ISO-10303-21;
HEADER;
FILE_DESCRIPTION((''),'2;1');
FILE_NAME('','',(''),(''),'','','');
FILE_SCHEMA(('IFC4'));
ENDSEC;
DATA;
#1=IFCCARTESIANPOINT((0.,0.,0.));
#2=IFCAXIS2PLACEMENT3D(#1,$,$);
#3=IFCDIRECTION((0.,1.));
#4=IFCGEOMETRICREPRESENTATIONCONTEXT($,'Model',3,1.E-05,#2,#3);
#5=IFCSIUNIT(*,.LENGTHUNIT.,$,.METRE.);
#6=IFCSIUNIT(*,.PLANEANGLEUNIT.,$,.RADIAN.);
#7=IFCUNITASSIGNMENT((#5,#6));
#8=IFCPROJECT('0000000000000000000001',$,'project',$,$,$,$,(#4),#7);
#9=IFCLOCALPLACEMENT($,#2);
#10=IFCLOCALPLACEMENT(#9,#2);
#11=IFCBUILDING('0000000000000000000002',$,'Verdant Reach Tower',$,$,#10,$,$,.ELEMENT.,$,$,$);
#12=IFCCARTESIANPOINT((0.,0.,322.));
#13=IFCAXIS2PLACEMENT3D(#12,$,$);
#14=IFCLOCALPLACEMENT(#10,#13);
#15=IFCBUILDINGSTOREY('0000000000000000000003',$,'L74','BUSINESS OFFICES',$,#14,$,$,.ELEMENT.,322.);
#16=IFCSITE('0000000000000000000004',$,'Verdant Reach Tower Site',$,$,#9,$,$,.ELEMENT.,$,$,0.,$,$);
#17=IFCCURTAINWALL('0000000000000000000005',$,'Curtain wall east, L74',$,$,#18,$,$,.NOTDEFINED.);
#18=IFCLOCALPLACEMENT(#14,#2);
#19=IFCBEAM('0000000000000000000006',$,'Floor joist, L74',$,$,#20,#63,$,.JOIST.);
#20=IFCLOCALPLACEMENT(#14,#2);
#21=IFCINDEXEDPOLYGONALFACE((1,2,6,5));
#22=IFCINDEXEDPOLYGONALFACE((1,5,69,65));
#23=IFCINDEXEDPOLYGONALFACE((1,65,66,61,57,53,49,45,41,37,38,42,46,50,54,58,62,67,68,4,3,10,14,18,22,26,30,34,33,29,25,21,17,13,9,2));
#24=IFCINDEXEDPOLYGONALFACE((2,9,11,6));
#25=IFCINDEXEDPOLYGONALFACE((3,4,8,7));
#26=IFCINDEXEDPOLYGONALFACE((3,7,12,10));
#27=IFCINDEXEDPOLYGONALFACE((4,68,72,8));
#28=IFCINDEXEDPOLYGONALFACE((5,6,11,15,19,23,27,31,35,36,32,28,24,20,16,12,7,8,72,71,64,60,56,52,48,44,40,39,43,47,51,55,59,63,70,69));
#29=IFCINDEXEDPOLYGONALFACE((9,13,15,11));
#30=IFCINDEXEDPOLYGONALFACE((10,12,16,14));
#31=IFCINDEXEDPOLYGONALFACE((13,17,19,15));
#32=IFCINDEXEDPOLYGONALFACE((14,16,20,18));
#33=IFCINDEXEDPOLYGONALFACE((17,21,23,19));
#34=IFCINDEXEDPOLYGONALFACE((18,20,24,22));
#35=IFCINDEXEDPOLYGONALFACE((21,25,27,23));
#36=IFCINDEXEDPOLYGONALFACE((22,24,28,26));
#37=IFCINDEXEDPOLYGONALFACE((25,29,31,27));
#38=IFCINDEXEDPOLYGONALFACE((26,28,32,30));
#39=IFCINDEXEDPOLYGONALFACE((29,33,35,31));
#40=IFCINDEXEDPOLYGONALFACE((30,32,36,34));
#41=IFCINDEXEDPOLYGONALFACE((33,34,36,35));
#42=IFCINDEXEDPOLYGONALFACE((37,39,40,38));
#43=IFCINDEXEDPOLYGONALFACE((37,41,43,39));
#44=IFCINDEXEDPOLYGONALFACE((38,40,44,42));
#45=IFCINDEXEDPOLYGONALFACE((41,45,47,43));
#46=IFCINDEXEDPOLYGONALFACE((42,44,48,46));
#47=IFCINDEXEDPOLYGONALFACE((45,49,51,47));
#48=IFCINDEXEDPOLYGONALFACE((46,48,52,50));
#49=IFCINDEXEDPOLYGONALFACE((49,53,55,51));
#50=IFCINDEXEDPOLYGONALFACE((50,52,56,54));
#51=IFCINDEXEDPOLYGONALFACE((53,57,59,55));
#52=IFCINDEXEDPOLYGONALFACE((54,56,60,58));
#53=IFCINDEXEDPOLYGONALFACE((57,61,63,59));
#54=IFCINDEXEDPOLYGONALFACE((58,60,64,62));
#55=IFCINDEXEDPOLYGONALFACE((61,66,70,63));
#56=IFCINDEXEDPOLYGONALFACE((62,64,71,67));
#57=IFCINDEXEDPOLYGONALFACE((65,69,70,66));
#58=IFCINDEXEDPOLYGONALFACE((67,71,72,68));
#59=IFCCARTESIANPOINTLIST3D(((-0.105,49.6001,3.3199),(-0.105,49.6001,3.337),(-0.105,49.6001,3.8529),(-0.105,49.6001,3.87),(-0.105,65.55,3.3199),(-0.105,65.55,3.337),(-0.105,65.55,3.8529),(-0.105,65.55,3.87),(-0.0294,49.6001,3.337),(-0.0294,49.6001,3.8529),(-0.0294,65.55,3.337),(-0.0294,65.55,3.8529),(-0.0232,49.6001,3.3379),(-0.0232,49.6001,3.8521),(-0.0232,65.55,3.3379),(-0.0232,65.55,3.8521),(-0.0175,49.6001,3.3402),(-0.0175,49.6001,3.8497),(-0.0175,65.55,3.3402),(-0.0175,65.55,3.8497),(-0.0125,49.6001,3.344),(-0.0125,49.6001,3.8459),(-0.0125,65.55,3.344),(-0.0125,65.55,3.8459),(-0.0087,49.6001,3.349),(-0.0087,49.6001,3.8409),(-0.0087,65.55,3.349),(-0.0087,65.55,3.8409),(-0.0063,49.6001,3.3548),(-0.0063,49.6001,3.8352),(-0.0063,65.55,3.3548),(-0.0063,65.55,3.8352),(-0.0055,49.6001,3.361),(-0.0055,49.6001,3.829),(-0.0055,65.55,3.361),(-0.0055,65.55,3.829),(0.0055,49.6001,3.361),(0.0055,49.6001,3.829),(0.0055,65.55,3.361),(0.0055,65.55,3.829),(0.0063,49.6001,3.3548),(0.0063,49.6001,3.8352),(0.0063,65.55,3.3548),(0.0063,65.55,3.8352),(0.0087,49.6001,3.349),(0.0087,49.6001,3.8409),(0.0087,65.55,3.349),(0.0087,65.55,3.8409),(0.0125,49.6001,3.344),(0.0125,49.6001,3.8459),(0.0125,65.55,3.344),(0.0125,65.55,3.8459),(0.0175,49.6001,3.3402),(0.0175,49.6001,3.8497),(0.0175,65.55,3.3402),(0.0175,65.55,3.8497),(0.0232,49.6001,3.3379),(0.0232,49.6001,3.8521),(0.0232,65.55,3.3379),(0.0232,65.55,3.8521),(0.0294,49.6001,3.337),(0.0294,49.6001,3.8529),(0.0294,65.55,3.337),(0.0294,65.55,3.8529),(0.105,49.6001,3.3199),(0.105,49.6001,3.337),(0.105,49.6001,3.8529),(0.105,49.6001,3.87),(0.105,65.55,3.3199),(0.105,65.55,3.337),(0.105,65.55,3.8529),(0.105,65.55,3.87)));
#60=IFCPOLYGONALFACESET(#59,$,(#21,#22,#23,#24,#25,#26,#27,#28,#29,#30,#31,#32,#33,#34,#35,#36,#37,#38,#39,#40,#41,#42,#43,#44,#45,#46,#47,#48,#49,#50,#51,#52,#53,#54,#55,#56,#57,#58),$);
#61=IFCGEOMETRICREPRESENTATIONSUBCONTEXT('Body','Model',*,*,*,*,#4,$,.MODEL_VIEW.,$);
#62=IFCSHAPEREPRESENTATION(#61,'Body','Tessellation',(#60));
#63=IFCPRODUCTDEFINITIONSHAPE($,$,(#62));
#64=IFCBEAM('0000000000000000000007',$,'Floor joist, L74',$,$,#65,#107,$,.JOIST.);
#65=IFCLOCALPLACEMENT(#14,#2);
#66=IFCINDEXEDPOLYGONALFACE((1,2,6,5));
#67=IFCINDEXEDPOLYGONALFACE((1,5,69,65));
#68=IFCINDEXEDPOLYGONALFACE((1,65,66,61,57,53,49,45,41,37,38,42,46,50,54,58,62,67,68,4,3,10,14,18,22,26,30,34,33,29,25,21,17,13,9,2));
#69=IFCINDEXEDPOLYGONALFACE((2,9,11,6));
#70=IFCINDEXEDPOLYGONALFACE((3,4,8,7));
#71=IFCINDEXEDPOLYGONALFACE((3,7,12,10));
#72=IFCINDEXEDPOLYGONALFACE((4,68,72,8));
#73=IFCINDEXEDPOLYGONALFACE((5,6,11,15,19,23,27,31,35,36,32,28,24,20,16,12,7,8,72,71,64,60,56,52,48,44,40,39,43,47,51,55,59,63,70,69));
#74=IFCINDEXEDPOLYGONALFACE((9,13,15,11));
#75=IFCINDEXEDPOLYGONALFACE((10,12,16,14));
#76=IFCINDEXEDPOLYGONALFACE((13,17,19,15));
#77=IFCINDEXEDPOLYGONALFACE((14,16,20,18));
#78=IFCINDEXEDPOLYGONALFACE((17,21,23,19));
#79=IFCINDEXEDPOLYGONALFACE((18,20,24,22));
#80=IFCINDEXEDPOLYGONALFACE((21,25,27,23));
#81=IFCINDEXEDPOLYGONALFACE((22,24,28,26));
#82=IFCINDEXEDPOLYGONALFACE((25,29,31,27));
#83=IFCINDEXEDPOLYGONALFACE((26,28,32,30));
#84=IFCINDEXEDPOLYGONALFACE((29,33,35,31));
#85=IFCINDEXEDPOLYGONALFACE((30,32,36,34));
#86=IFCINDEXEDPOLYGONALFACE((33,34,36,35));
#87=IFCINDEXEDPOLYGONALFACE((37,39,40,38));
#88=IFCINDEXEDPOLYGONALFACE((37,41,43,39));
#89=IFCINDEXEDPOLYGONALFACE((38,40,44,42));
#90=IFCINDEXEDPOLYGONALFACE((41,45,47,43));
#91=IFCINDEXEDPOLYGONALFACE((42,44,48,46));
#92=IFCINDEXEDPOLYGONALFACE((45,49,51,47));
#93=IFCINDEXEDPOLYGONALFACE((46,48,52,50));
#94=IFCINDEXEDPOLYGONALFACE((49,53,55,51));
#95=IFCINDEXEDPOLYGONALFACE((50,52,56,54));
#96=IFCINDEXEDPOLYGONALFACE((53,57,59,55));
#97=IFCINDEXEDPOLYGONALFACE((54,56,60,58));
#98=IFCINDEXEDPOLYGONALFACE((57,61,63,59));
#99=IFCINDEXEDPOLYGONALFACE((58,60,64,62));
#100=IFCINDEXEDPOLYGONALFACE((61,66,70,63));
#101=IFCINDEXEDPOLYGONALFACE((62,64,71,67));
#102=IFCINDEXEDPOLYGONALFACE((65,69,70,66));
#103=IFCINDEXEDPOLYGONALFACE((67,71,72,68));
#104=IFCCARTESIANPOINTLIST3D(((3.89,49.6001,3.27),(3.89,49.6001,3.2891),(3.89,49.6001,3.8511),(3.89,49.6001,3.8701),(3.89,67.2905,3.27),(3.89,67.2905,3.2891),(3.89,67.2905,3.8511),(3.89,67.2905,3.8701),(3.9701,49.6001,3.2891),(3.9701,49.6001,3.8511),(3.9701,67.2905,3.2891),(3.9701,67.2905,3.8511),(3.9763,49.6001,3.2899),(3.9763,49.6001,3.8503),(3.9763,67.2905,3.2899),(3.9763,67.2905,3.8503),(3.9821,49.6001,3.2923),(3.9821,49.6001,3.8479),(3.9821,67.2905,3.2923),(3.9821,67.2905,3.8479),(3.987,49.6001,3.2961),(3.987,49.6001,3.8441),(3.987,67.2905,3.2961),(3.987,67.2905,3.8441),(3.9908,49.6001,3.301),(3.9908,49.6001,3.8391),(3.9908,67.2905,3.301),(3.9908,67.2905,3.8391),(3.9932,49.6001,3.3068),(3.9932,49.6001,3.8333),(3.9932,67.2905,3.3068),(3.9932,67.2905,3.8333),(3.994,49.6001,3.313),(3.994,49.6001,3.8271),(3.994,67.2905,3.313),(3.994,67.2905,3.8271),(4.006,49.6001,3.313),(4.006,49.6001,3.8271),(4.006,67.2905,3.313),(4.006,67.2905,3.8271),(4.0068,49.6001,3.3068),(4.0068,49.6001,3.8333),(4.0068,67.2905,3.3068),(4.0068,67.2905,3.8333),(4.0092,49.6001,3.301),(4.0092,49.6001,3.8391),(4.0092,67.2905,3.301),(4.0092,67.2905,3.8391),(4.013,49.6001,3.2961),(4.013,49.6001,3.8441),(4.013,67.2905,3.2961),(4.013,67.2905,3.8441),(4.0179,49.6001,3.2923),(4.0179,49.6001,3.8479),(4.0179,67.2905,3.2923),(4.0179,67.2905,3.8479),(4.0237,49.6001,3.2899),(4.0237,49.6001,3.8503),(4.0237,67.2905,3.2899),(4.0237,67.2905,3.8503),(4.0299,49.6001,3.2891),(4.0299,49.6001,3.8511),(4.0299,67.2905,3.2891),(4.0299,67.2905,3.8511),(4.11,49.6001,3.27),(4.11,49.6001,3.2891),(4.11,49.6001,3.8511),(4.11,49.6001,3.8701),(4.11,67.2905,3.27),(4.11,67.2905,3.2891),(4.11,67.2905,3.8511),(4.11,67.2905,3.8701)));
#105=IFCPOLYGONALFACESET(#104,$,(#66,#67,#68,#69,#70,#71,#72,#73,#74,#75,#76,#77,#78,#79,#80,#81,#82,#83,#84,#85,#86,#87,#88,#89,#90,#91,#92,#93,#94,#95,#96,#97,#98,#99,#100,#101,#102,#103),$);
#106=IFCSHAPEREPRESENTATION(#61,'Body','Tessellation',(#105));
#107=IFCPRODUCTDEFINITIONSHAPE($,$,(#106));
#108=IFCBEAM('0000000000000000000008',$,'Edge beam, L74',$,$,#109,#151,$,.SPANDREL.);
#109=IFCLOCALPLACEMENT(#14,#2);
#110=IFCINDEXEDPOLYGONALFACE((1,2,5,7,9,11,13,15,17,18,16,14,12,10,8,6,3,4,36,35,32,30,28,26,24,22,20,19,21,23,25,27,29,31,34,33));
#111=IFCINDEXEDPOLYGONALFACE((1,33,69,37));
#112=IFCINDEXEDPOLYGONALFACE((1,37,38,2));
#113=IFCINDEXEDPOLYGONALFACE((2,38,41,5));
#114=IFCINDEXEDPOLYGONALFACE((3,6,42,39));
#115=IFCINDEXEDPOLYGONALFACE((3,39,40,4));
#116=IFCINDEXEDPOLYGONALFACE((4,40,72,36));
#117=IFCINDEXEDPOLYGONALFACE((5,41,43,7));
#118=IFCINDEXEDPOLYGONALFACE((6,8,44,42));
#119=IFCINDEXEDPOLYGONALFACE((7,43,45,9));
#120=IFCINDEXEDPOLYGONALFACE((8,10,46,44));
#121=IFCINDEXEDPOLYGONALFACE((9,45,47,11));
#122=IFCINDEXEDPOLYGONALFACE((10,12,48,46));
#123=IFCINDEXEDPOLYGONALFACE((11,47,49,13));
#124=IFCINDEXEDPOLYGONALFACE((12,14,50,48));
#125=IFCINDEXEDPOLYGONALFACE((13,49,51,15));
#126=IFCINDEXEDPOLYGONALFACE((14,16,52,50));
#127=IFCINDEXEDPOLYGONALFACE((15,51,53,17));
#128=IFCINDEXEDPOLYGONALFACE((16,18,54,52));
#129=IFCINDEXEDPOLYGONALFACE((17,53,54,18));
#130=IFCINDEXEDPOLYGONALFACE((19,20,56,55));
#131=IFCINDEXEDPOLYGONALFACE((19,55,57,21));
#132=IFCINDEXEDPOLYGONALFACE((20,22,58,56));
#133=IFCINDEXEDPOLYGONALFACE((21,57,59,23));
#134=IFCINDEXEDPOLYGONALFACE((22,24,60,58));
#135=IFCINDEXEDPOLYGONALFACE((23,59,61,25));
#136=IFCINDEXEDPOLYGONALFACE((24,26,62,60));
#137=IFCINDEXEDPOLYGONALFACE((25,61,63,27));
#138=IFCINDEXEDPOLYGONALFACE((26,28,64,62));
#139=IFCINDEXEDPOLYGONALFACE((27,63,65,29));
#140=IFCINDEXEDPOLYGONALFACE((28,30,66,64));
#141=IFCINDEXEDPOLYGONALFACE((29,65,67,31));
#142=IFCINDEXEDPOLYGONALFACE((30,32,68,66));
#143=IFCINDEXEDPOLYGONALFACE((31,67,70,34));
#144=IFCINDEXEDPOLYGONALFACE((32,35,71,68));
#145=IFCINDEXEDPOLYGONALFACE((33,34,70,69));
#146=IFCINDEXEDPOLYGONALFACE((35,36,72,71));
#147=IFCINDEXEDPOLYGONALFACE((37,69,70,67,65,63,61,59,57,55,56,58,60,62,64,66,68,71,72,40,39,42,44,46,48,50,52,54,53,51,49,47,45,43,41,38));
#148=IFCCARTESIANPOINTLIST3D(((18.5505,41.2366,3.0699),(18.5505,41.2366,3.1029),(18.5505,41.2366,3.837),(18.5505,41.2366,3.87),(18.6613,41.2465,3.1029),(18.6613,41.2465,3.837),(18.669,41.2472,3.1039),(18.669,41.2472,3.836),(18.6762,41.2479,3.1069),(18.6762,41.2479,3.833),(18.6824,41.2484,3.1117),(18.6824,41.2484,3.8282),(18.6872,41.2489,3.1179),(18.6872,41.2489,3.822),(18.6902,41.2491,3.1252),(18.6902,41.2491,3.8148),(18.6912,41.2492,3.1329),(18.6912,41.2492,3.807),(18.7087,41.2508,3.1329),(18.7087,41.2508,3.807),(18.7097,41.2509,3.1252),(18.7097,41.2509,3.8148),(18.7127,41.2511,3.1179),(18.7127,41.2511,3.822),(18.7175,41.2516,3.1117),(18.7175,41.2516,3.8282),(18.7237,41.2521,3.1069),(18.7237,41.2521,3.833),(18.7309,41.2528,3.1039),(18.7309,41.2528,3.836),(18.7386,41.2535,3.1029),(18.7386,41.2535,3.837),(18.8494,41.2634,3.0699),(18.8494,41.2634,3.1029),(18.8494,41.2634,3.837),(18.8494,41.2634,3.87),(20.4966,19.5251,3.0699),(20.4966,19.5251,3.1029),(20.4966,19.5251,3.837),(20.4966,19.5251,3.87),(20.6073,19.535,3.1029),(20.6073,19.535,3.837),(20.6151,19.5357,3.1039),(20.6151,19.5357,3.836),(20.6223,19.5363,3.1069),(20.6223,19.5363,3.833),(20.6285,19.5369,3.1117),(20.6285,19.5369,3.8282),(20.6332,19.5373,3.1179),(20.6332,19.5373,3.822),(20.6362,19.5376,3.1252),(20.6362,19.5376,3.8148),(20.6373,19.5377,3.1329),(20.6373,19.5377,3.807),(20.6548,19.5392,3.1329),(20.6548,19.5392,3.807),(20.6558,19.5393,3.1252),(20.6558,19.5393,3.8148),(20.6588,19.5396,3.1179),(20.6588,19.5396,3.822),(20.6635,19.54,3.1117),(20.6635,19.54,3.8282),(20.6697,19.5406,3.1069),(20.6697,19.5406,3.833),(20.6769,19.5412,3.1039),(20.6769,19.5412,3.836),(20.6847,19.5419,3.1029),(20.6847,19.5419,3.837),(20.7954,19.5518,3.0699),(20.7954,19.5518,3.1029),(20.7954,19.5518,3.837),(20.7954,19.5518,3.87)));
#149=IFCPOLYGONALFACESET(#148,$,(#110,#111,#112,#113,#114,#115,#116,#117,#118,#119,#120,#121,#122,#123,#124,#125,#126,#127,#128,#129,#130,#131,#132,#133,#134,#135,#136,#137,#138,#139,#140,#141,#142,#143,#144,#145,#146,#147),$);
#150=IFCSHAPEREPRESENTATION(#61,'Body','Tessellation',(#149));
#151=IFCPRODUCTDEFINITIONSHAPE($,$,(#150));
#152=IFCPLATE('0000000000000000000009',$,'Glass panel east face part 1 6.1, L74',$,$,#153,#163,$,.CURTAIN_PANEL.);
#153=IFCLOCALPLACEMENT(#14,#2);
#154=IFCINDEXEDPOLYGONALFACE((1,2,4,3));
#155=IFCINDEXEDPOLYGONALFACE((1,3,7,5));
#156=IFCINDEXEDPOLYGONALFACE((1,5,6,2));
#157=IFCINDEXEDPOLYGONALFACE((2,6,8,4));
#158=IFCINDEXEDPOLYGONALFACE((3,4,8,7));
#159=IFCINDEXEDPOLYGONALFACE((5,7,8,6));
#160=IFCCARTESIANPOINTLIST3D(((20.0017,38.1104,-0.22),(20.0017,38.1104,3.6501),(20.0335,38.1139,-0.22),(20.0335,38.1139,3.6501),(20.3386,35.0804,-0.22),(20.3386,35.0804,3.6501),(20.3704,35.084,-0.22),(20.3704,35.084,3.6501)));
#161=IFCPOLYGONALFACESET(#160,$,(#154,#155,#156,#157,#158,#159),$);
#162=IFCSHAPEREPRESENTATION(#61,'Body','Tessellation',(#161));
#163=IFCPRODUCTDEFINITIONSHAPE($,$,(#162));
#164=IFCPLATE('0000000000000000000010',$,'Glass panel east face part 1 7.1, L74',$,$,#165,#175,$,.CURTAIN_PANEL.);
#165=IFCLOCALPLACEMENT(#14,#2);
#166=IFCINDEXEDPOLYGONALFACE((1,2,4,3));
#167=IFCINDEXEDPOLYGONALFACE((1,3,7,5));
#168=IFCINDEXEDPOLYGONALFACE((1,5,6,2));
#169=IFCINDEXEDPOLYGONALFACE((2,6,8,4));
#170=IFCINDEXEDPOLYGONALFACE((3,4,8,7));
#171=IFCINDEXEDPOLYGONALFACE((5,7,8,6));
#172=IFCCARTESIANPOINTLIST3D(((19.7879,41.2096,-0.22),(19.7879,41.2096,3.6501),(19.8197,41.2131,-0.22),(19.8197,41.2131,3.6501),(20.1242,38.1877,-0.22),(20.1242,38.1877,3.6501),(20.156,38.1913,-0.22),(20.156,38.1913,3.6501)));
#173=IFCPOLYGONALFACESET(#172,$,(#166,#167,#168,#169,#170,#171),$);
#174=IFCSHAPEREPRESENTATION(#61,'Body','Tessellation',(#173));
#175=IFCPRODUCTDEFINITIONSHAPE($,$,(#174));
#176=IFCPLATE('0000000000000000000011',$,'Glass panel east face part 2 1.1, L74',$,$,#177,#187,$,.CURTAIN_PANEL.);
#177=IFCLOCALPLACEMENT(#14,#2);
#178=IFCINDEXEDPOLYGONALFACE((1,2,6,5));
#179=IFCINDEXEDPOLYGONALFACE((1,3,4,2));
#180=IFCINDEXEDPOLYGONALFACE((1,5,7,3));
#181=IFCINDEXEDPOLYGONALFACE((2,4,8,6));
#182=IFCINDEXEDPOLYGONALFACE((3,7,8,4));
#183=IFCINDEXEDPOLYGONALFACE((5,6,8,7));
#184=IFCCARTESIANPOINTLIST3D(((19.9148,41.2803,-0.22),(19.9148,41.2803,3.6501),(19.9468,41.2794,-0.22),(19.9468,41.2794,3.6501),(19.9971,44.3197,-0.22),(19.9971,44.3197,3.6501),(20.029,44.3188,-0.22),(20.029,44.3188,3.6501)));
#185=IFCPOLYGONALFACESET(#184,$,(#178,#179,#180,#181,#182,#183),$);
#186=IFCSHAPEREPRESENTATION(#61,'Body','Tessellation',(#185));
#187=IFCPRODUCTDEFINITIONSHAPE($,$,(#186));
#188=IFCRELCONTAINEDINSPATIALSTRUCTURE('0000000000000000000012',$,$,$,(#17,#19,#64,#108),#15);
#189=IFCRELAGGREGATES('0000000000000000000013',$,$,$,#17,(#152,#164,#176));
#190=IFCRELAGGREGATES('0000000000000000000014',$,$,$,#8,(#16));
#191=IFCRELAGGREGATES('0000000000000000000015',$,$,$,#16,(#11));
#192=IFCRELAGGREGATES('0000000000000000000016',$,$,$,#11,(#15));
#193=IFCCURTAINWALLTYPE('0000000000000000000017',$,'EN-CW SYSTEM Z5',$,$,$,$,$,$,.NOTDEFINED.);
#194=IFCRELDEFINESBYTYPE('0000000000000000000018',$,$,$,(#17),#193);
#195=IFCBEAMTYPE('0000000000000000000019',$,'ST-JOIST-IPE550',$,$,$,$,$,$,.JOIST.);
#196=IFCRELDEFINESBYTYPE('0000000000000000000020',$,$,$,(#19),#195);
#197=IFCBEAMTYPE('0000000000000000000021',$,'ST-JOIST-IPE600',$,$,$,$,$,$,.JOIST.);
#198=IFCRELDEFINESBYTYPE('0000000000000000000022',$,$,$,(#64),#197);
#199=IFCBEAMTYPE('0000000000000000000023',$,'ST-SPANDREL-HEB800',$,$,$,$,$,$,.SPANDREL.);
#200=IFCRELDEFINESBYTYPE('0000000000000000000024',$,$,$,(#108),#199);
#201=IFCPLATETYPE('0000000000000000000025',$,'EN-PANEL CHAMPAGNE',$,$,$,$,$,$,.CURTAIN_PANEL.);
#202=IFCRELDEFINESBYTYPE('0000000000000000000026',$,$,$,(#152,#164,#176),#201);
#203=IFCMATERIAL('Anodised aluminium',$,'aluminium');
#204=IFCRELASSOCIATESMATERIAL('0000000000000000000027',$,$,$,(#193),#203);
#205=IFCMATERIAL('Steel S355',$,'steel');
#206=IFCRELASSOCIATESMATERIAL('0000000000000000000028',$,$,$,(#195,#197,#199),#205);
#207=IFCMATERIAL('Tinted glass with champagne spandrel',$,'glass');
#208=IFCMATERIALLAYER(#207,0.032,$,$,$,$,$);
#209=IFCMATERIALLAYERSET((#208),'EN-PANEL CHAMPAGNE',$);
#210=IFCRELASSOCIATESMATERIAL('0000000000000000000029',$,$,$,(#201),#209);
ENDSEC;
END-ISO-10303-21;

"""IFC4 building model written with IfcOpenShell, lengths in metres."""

from ifc_helpers import new_model, si_unit, direction, frame, origin, origin_2d, place, context, subcontext, project, spatial, rectangle, i_section, extrude, material, layer, layer_set, material_profile, profile_set, type_object, element, aggregate, save


model = new_model("IFC4")

# Units and contexts
model_context = context("Model", 3, precision=1e-05, world=origin(), true_north=direction((0.0, 1.0)))
body_context = subcontext(model_context, "Body", "Model", "MODEL_VIEW")
ifc_project = project(units=[si_unit("LENGTHUNIT", "METRE"), si_unit("PLANEANGLEUNIT", "RADIAN")], contexts=[model_context])

# Site, building, storey
site_placement = place(None, origin())
site = spatial("IfcSite", under=ifc_project, at=site_placement, Name="Verdant Reach Tower Site", CompositionType="ELEMENT", RefElevation=0.0)
building_placement = place(site_placement, origin())
building = spatial("IfcBuilding", under=site, at=building_placement, Name="Verdant Reach Tower", CompositionType="ELEMENT")
storey_placement = place(building_placement, frame((0.0, 0.0, 322.0)))
storey = spatial("IfcBuildingStorey", under=building, at=storey_placement, Name="L74", Description="BUSINESS OFFICES", CompositionType="ELEMENT", Elevation=322.0)

# Curtain wall
ifc_material_1 = material(Name="Anodised aluminium", Category="aluminium")
curtain_wall_type = type_object("IfcCurtainWallType", Name="EN-CW SYSTEM Z5", PredefinedType="NOTDEFINED", material=ifc_material_1)
curtain_wall_placement = place(storey_placement, origin())
curtain_wall = element("IfcCurtainWall", 1, at=curtain_wall_placement, inside=storey, type_object=curtain_wall_type, Name="Curtain wall east, L74", PredefinedType="NOTDEFINED")

# Beams
ifc_material_2 = material(Name="Steel S355", Category="steel")
ifc_material_profile_1 = material_profile(ifc_material_2, i_section(OverallWidth=0.21, OverallDepth=0.55, WebThickness=0.011, FlangeThickness=0.0171, FilletRadius=0.0239, at=origin_2d()), Name="IPE 550")
ifc_profile_set_1 = profile_set([ifc_material_profile_1], Name="Steel S355")
beam_type_1 = type_object("IfcBeamType", Name="ST-JOIST-IPE550", PredefinedType="JOIST", material=ifc_profile_set_1)
beam_1_placement = place(storey_placement, frame((0.0, 49.6001, 3.595), z_axis=(0.0, 1.0, 0.0), x_axis=(-1.0, 0.0, 0.0)))
element("IfcBeam", 2, at=beam_1_placement, inside=storey, type_object=beam_type_1, Name="Floor joist, L74", PredefinedType="JOIST", context=body_context, shape_type="SweptSolid", body=[
    extrude(i_section(OverallWidth=0.21, OverallDepth=0.55, WebThickness=0.011, FlangeThickness=0.0171, FilletRadius=0.0239, at=origin_2d()), origin(), (0.0, 0.0, 1.0), 15.95),
])
ifc_material_profile_2 = material_profile(ifc_material_2, i_section(OverallWidth=0.22, OverallDepth=0.6001, WebThickness=0.012, FlangeThickness=0.019, FilletRadius=0.0239, at=origin_2d()), Name="IPE 600")
ifc_profile_set_2 = profile_set([ifc_material_profile_2], Name="Steel S355")
beam_type_2 = type_object("IfcBeamType", Name="ST-JOIST-IPE600", PredefinedType="JOIST", material=ifc_profile_set_2)
beam_2_placement = place(storey_placement, frame((4.0, 49.6001, 3.5701), z_axis=(0.0, 1.0, 0.0), x_axis=(-1.0, 0.0, 0.0)))
element("IfcBeam", 3, at=beam_2_placement, inside=storey, type_object=beam_type_2, Name="Floor joist, L74", PredefinedType="JOIST", context=body_context, shape_type="SweptSolid", body=[
    extrude(i_section(OverallWidth=0.22, OverallDepth=0.6001, WebThickness=0.012, FlangeThickness=0.019, FilletRadius=0.0239, at=origin_2d()), origin(), (0.0, 0.0, 1.0), 17.6904),
])
ifc_material_profile_3 = material_profile(ifc_material_2, i_section(OverallWidth=0.3, OverallDepth=0.8, WebThickness=0.0176, FlangeThickness=0.033, FilletRadius=0.03, at=origin_2d()), Name="HEB 800")
ifc_profile_set_3 = profile_set([ifc_material_profile_3], Name="Steel S355")
beam_type_3 = type_object("IfcBeamType", Name="ST-SPANDREL-HEB800", PredefinedType="SPANDREL", material=ifc_profile_set_3)
beam_3_placement = place(storey_placement, frame((18.7, 41.25, 3.47), z_axis=(0.089274, -0.996007, 0.0), x_axis=(0.996007, 0.089274, 0.0)))
element("IfcBeam", 4, at=beam_3_placement, inside=storey, type_object=beam_type_3, Name="Edge beam, L74", PredefinedType="SPANDREL", context=body_context, shape_type="SweptSolid", body=[
    extrude(i_section(OverallWidth=0.3, OverallDepth=0.8, WebThickness=0.0176, FlangeThickness=0.033, FilletRadius=0.03, at=origin_2d()), origin(), (0.0, 0.0, 1.0), 21.7986),
])

# Plates
ifc_material_3 = material(Name="Tinted glass with champagne spandrel", Category="glass")
ifc_layer_1 = layer(ifc_material_3, 0.032)
ifc_layer_set_1 = layer_set([ifc_layer_1], Name="EN-PANEL CHAMPAGNE")
plate_type_1 = type_object("IfcPlateType", Name="EN-PANEL CHAMPAGNE", PredefinedType="CURTAIN_PANEL", material=ifc_layer_set_1)
plate_1_placement = place(storey_placement, frame((20.186, 36.5972, -0.22), z_axis=(0.0, 0.0, 1.0), x_axis=(-0.110518, 0.993874, 0.0)))
plate_1 = element("IfcPlate", 5, at=plate_1_placement, type_object=plate_type_1, Name="Glass panel east face part 1 6.1, L74", PredefinedType="CURTAIN_PANEL", context=body_context, shape_type="SweptSolid", body=[
    extrude(rectangle(XDim=3.0486, YDim=0.032, at=origin_2d()), origin(), (0.0, 0.0, 1.0), 3.8701),
])
plate_2_placement = place(storey_placement, frame((19.9719, 39.7004, -0.22), z_axis=(0.0, 0.0, 1.0), x_axis=(-0.110605, 0.993864, 0.0)))
plate_2 = element("IfcPlate", 6, at=plate_2_placement, type_object=plate_type_1, Name="Glass panel east face part 1 7.1, L74", PredefinedType="CURTAIN_PANEL", context=body_context, shape_type="SweptSolid", body=[
    extrude(rectangle(XDim=3.0405, YDim=0.032, at=origin_2d()), origin(), (0.0, 0.0, 1.0), 3.8701),
])
plate_3_placement = place(storey_placement, frame((19.9719, 42.7996, -0.22), z_axis=(0.0, 0.0, 1.0), x_axis=(0.027053, 0.999634, 0.0)))
plate_3 = element("IfcPlate", 7, at=plate_3_placement, type_object=plate_type_1, Name="Glass panel east face part 2 1.1, L74", PredefinedType="CURTAIN_PANEL", context=body_context, shape_type="SweptSolid", body=[
    extrude(rectangle(XDim=3.0405, YDim=0.032, at=origin_2d()), origin(), (0.0, 0.0, 1.0), 3.8701),
])
aggregate(curtain_wall, [plate_1, plate_2, plate_3])

save(model, "model.ifc")
